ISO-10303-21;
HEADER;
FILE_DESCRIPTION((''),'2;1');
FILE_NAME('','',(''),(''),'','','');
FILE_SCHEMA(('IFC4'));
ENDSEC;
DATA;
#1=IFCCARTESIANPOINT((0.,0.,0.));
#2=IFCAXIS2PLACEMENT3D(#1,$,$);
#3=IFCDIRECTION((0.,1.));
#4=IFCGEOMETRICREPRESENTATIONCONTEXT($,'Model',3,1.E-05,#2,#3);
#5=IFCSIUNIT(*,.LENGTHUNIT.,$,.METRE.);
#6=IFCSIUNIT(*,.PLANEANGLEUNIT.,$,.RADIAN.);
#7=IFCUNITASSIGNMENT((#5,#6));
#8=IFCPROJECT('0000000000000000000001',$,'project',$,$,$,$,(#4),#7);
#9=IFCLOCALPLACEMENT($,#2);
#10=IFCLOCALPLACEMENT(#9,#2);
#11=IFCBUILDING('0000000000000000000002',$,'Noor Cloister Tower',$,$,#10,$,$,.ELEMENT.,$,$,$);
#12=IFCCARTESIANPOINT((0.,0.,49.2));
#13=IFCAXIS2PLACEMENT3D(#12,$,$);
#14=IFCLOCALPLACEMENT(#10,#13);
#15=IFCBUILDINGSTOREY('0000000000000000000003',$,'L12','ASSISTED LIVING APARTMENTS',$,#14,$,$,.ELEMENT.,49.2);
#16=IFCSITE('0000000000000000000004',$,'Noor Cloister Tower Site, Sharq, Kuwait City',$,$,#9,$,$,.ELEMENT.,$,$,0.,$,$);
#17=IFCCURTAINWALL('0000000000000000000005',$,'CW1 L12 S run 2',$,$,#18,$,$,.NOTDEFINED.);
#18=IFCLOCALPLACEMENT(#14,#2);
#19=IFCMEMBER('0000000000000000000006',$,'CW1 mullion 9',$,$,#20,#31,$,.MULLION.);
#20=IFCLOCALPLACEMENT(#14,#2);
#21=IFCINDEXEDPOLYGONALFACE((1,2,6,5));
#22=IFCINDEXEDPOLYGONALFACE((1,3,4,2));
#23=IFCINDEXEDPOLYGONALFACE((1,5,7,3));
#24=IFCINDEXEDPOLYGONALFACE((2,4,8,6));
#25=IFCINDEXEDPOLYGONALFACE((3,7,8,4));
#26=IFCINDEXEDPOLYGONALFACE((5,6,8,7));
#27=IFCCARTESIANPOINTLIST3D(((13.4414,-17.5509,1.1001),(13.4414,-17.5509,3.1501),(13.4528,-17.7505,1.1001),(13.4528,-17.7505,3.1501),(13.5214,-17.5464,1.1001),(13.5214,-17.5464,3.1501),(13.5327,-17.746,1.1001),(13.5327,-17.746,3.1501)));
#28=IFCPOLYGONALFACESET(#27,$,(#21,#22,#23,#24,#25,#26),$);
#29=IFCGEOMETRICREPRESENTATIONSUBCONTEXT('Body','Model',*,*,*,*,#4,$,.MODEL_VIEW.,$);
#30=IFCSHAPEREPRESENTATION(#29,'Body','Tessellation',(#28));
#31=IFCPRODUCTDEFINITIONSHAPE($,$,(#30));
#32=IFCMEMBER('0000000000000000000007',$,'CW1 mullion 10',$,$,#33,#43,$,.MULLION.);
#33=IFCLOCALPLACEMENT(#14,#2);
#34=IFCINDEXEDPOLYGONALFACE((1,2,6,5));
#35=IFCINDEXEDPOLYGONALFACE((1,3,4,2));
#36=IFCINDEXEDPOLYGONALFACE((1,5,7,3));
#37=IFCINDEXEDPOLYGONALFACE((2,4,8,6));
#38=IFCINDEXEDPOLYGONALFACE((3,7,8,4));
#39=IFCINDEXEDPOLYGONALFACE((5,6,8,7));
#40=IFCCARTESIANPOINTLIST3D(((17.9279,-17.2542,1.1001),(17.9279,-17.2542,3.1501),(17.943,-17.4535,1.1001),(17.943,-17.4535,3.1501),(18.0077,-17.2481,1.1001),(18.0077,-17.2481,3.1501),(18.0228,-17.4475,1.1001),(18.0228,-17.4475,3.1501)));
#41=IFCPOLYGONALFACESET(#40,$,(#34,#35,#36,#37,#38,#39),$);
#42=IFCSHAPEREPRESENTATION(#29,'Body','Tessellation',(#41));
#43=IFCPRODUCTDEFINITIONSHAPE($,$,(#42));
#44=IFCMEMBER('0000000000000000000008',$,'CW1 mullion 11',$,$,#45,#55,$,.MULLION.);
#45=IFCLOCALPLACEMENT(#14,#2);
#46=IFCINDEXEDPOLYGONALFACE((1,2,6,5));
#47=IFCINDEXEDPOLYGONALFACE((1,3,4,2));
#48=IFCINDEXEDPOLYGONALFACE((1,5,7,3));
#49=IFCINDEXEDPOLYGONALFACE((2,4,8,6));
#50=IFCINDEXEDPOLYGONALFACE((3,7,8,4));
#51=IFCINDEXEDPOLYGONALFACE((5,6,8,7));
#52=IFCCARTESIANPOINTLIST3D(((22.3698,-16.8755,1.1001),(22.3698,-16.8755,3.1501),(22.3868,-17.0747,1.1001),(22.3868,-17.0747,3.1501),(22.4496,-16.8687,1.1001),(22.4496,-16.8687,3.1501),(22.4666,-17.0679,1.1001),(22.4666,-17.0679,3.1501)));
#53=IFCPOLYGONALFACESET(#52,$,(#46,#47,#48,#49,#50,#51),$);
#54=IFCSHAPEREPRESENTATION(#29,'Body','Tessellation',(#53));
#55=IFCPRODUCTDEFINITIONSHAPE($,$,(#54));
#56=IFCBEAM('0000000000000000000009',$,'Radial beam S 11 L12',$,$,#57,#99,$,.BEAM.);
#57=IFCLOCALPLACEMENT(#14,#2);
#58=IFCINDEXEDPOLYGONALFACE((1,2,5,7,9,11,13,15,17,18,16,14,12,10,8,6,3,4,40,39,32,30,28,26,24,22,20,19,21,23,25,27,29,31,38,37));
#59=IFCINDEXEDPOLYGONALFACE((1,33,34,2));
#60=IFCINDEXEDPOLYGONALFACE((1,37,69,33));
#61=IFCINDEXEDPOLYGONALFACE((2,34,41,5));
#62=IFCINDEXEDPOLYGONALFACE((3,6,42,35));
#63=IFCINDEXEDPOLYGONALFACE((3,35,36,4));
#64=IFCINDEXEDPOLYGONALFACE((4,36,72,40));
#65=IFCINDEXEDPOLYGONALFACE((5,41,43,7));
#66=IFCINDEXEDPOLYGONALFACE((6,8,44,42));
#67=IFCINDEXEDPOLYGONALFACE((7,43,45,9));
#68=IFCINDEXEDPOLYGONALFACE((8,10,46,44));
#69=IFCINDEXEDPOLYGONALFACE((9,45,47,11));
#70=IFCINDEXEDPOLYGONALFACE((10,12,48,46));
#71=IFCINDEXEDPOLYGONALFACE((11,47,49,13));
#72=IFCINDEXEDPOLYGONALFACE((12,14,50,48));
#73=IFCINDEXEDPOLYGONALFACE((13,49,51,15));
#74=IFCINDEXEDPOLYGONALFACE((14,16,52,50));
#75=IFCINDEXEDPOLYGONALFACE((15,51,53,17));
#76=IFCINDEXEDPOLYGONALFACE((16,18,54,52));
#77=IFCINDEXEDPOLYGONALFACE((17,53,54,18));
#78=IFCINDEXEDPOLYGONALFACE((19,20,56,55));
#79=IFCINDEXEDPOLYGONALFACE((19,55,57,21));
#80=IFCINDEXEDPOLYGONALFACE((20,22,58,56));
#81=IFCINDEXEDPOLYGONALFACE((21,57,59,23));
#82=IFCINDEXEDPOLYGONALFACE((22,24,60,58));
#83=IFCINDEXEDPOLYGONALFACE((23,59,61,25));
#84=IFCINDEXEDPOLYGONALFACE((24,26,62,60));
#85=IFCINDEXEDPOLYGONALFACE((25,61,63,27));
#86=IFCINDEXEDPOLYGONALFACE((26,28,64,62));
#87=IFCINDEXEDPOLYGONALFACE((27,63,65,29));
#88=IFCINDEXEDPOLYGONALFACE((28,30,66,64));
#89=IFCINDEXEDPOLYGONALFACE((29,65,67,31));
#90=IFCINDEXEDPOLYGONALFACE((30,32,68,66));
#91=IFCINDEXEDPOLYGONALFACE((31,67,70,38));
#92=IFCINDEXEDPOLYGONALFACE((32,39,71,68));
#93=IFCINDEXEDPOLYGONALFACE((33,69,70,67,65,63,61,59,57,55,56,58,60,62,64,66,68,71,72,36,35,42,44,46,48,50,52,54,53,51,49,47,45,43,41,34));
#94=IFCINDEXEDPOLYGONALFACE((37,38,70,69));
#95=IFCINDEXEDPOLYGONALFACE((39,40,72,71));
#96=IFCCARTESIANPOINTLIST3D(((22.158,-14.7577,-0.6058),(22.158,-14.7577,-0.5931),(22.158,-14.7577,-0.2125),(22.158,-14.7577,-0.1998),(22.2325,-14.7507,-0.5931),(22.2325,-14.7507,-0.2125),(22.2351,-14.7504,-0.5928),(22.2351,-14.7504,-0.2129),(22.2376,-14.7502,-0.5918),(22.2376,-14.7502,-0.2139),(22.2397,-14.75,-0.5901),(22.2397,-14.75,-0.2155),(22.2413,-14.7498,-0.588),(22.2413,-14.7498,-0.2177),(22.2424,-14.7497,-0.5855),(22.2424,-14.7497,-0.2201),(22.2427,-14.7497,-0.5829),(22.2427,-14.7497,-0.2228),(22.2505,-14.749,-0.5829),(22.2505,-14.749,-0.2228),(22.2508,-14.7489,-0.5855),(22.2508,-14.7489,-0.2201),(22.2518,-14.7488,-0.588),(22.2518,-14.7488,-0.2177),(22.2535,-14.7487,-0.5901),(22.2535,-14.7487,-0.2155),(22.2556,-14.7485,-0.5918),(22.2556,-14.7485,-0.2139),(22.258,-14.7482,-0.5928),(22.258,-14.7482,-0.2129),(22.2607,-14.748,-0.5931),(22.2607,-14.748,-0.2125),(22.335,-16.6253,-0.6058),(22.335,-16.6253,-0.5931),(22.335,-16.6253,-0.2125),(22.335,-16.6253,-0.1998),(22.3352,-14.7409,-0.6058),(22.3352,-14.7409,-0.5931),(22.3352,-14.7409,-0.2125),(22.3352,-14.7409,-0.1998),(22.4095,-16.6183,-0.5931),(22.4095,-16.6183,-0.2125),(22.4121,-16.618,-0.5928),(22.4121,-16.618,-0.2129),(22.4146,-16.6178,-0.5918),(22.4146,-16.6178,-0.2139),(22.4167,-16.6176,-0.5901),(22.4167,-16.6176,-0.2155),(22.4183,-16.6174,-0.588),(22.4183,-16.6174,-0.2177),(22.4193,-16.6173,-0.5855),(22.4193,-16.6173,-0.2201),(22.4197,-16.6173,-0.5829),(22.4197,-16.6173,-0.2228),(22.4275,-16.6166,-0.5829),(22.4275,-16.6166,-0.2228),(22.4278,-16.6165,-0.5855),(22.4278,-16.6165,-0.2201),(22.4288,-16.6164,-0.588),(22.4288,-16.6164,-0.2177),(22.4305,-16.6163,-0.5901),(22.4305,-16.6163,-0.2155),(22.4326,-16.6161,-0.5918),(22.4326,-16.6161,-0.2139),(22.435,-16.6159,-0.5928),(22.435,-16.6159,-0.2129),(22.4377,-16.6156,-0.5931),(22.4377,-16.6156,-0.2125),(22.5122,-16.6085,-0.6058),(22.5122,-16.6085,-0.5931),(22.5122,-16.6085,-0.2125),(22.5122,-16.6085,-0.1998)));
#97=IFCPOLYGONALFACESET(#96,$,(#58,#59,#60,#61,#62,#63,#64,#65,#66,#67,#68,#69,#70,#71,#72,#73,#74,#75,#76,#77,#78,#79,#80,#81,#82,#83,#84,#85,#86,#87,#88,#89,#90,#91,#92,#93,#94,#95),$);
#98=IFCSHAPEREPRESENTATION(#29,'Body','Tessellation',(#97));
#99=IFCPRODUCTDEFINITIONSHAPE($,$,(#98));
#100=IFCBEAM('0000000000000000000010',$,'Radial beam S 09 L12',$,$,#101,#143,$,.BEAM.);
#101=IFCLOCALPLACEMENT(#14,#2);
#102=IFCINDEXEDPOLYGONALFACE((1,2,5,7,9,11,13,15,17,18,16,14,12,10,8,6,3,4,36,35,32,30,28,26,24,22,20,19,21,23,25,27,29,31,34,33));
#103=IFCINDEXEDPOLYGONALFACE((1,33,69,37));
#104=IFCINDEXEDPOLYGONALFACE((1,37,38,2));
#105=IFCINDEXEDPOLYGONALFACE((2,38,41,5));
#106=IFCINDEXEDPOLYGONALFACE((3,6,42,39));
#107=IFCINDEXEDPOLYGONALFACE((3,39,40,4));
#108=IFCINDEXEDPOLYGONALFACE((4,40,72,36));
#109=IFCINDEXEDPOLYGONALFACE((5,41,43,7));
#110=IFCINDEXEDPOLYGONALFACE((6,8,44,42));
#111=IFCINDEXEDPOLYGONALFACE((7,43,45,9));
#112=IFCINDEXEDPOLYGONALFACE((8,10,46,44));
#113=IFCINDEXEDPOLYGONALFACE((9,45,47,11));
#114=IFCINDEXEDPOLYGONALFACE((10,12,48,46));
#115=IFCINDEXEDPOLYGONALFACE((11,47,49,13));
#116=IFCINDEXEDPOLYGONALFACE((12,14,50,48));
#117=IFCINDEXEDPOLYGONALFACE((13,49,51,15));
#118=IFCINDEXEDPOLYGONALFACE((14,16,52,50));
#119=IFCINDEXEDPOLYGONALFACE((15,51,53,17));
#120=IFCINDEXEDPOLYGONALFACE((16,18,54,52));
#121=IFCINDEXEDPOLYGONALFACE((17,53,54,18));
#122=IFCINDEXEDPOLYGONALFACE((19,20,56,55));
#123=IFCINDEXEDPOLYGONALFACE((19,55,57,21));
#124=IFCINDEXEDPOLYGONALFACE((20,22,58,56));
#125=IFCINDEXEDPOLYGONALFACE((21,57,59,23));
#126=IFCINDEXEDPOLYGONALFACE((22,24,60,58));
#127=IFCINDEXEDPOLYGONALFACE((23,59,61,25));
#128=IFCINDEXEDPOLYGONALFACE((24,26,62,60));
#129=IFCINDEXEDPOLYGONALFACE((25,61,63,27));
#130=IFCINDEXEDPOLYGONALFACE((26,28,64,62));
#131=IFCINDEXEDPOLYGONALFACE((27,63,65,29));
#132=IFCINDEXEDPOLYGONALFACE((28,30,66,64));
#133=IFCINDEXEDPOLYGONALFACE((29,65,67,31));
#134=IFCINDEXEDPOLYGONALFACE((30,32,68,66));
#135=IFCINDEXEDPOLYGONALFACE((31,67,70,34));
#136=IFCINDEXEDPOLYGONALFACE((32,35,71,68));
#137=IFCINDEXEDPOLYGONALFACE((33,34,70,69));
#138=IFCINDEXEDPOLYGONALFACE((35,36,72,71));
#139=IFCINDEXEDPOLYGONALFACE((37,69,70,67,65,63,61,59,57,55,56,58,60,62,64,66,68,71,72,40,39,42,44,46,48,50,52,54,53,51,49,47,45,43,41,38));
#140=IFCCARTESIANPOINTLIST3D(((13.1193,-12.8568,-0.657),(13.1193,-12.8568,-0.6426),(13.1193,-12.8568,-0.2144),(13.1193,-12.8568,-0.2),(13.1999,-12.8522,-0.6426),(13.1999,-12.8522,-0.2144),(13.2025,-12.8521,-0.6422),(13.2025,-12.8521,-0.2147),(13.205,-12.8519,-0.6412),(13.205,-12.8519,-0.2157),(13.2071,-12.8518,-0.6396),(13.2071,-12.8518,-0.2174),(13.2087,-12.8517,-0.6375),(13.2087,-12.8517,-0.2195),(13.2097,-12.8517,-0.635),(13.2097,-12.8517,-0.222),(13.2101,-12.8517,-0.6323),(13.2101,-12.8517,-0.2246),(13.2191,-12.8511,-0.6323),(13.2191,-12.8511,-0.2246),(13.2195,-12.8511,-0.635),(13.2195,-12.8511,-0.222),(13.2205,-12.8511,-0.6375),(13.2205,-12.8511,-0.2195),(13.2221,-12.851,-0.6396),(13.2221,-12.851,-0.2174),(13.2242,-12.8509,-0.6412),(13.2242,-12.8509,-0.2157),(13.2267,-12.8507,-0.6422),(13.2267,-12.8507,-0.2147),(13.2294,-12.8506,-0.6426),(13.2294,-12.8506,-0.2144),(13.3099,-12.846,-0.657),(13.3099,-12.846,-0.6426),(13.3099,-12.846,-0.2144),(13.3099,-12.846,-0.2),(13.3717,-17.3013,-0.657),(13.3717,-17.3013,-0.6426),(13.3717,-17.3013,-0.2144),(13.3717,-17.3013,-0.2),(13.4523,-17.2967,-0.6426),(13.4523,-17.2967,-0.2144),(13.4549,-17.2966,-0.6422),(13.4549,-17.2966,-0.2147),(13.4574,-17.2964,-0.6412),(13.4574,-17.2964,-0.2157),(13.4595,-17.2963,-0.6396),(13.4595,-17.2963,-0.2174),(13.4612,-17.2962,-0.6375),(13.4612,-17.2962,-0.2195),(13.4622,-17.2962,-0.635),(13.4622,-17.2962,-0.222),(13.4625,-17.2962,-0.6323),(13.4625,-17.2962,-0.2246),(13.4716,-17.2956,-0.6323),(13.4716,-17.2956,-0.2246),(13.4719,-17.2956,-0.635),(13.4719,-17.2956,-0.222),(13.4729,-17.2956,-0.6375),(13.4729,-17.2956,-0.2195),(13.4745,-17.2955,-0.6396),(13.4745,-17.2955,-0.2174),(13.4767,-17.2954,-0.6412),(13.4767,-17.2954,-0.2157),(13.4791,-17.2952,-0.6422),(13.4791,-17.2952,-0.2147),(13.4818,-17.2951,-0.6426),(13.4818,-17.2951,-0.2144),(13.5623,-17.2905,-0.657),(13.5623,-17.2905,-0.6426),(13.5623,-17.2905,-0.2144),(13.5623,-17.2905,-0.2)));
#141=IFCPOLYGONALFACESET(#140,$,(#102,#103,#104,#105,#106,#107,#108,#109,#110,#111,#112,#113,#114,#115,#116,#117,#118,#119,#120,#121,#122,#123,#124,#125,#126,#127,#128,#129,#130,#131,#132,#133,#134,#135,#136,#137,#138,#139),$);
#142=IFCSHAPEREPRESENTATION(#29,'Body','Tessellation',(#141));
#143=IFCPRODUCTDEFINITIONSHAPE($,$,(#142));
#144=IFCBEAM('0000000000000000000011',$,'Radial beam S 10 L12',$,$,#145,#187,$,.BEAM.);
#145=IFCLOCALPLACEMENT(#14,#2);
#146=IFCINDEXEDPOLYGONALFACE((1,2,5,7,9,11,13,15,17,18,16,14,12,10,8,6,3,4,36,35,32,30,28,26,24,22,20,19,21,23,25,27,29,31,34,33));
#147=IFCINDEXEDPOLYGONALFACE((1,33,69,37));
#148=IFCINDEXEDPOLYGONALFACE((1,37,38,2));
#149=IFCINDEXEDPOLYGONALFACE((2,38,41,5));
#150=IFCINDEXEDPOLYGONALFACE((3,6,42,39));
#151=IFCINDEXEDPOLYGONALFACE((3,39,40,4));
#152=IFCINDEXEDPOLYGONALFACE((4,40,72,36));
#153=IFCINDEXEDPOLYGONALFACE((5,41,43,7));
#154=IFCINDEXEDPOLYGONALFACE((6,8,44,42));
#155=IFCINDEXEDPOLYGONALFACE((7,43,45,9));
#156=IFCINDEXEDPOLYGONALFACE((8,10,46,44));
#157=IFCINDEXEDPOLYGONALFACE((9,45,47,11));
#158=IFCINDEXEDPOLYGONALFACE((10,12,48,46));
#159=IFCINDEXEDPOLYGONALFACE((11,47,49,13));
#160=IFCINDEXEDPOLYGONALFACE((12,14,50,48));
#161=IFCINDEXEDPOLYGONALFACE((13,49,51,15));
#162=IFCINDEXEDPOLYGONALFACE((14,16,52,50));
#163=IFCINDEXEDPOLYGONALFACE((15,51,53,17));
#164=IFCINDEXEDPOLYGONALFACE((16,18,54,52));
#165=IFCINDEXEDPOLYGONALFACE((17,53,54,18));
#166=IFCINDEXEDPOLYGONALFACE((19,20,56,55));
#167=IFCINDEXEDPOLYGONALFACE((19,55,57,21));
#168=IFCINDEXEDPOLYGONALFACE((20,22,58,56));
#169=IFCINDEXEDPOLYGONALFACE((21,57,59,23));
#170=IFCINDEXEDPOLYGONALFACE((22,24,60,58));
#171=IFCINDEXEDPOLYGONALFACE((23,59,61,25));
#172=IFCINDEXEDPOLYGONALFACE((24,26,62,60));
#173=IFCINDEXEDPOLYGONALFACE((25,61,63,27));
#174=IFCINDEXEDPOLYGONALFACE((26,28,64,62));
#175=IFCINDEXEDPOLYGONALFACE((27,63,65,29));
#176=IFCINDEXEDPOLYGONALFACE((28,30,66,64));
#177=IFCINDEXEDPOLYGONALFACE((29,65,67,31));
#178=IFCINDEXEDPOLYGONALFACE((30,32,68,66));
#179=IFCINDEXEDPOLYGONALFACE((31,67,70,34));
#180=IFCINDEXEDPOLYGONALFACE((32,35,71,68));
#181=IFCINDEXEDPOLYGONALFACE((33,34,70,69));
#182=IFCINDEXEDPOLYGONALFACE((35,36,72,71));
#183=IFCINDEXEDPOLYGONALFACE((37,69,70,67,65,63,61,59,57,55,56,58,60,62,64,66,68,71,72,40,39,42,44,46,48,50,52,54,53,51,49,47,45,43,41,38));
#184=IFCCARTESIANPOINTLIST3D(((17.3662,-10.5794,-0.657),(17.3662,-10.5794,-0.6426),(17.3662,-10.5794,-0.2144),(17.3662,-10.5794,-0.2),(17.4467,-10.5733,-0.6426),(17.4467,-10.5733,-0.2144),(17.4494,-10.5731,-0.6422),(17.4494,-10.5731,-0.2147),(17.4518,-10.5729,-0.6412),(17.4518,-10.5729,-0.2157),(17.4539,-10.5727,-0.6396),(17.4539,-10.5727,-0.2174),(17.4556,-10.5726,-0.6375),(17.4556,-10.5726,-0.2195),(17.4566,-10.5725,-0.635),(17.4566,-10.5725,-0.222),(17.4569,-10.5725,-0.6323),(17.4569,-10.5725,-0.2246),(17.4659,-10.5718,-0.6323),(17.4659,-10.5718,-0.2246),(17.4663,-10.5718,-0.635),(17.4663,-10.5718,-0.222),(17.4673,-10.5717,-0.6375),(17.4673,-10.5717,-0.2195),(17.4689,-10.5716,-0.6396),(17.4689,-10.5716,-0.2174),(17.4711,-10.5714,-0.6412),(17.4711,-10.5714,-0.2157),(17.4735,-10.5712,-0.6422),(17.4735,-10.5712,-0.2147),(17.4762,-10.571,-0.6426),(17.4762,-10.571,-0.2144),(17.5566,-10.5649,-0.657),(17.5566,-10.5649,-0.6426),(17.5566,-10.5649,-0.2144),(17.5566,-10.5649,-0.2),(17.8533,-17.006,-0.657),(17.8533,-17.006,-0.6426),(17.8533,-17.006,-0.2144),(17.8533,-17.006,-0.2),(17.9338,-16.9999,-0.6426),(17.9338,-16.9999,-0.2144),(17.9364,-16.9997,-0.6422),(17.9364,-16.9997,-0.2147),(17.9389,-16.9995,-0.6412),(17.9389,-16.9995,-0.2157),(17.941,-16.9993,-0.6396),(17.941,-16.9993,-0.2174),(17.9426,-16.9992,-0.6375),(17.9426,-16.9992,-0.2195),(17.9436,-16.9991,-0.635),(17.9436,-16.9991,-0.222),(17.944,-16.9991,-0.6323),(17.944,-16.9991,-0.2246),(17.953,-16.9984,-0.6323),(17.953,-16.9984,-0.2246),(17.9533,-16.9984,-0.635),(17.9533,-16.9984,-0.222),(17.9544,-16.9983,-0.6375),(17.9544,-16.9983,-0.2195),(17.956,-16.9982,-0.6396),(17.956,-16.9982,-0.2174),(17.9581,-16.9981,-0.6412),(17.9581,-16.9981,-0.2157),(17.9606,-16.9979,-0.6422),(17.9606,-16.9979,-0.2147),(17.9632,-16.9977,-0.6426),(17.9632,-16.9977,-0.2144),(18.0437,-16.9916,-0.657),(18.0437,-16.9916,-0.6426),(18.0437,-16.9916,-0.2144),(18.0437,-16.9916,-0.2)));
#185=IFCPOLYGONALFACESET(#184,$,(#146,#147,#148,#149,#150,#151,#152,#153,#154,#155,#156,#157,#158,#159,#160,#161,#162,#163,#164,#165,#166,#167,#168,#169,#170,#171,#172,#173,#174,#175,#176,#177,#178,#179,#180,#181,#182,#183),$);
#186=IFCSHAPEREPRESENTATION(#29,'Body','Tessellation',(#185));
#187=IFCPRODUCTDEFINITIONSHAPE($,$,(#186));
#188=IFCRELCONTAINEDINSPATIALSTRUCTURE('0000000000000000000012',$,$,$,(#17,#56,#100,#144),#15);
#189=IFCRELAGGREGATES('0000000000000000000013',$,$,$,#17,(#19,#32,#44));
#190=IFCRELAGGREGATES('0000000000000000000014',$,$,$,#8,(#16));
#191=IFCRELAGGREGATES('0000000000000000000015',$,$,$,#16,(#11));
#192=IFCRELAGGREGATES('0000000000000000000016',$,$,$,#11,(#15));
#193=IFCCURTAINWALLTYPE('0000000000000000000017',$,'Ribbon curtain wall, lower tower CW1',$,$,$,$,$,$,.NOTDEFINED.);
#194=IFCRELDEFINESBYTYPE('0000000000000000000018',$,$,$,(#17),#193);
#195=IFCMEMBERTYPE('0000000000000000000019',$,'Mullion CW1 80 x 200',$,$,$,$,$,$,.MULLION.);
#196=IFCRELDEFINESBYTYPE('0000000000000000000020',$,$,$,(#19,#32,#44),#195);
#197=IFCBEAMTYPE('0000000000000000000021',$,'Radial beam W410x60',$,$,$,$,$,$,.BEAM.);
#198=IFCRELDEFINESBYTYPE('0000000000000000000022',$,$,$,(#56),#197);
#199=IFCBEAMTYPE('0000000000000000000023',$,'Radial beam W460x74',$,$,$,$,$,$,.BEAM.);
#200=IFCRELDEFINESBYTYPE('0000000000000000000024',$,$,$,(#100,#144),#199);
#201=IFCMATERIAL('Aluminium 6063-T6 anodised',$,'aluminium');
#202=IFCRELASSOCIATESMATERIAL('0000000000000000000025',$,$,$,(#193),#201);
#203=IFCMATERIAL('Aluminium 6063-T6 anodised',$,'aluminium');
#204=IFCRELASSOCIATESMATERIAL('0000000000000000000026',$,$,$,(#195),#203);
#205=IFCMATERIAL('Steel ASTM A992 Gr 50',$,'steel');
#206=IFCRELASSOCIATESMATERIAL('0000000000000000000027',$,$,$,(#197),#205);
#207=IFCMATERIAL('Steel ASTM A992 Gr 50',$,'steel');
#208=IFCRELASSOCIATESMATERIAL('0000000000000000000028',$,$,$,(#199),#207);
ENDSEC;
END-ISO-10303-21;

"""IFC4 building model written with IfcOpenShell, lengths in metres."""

from ifc_helpers import new_model, si_unit, direction, frame, origin, origin_2d, place, context, subcontext, project, spatial, rectangle, i_section, extrude, material, material_profile, profile_set, type_object, element, aggregate, save


model = new_model("IFC4")

# Units and contexts
model_context = context("Model", 3, precision=1e-05, world=origin(), true_north=direction((0.0, 1.0)))
body_context = subcontext(model_context, "Body", "Model", "MODEL_VIEW")
ifc_project = project(units=[si_unit("LENGTHUNIT", "METRE"), si_unit("PLANEANGLEUNIT", "RADIAN")], contexts=[model_context])

# Site, building, storey
site_placement = place(None, origin())
site = spatial("IfcSite", under=ifc_project, at=site_placement, Name="Noor Cloister Tower Site, Sharq, Kuwait City", CompositionType="ELEMENT", RefElevation=0.0)
building_placement = place(site_placement, origin())
building = spatial("IfcBuilding", under=site, at=building_placement, Name="Noor Cloister Tower", CompositionType="ELEMENT")
storey_placement = place(building_placement, frame((0.0, 0.0, 49.2)))
storey = spatial("IfcBuildingStorey", under=building, at=storey_placement, Name="L12", Description="ASSISTED LIVING APARTMENTS", CompositionType="ELEMENT", Elevation=49.2)

# Curtain wall, members
ifc_material_1 = material(Name="Aluminium 6063-T6 anodised", Category="aluminium")
curtain_wall_type = type_object("IfcCurtainWallType", Name="Ribbon curtain wall, lower tower CW1", PredefinedType="NOTDEFINED", material=ifc_material_1)
curtain_wall_placement = place(storey_placement, origin())
curtain_wall = element("IfcCurtainWall", 1, at=curtain_wall_placement, inside=storey, type_object=curtain_wall_type, Name="CW1 L12 S run 2", PredefinedType="NOTDEFINED")
ifc_material_2 = material(Name="Aluminium 6063-T6 anodised", Category="aluminium")
ifc_material_profile_1 = material_profile(ifc_material_2, rectangle(XDim=0.2, YDim=0.0801, at=origin_2d()), Name="200 x 80 mullion")
ifc_profile_set_1 = profile_set([ifc_material_profile_1], Name="Aluminium 6063-T6 anodised")
member_type = type_object("IfcMemberType", Name="Mullion CW1 80 x 200", PredefinedType="MULLION", material=ifc_profile_set_1)
member_1_placement = place(storey_placement, frame((13.4871, -17.6484, 1.1001), z_axis=(0.0, 0.0, 1.0), x_axis=(-0.056717, 0.99839, 0.0)))
member_1 = element("IfcMember", 2, at=member_1_placement, type_object=member_type, Name="CW1 mullion 9", PredefinedType="MULLION", context=body_context, shape_type="SweptSolid", body=[
    extrude(rectangle(XDim=0.2, YDim=0.0801, at=origin_2d()), origin(), (0.0, 0.0, 1.0), 2.05),
])
member_2_placement = place(storey_placement, frame((17.9753, -17.3508, 1.1001), z_axis=(0.0, 0.0, 1.0), x_axis=(-0.075591, 0.997139, 0.0)))
member_2 = element("IfcMember", 3, at=member_2_placement, type_object=member_type, Name="CW1 mullion 10", PredefinedType="MULLION", context=body_context, shape_type="SweptSolid", body=[
    extrude(rectangle(XDim=0.2, YDim=0.0801, at=origin_2d()), origin(), (0.0, 0.0, 1.0), 2.05),
])
member_3_placement = place(storey_placement, frame((22.4182, -16.9717, 1.1001), z_axis=(0.0, 0.0, 1.0), x_axis=(-0.085019, 0.996379, 0.0)))
member_3 = element("IfcMember", 4, at=member_3_placement, type_object=member_type, Name="CW1 mullion 11", PredefinedType="MULLION", context=body_context, shape_type="SweptSolid", body=[
    extrude(rectangle(XDim=0.2, YDim=0.0801, at=origin_2d()), origin(), (0.0, 0.0, 1.0), 2.05),
])

# Beams
ifc_material_3 = material(Name="Steel ASTM A992 Gr 50", Category="steel")
ifc_material_profile_2 = material_profile(ifc_material_3, i_section(OverallWidth=0.178, OverallDepth=0.406, WebThickness=0.0078, FlangeThickness=0.0127, FilletRadius=0.0103, at=origin_2d()), Name="W410x60")
ifc_profile_set_2 = profile_set([ifc_material_profile_2], Name="Steel ASTM A992 Gr 50")
beam_type_1 = type_object("IfcBeamType", Name="Radial beam W410x60", PredefinedType="BEAM", material=ifc_profile_set_2)
beam_1_placement = place(storey_placement, frame((22.4236, -16.6169, -0.4028), z_axis=(-0.094348, 0.995539, 0.0), x_axis=(-0.995539, -0.094348, 0.0)))
element("IfcBeam", 5, at=beam_1_placement, inside=storey, type_object=beam_type_1, Name="Radial beam S 11 L12", PredefinedType="BEAM", context=body_context, shape_type="SweptSolid", body=[
    extrude(i_section(OverallWidth=0.178, OverallDepth=0.406, WebThickness=0.0078, FlangeThickness=0.0127, FilletRadius=0.0103, at=origin_2d()), origin(), (0.0, 0.0, 1.0), 1.876),
])
ifc_material_4 = material(Name="Steel ASTM A992 Gr 50", Category="steel")
ifc_material_profile_3 = material_profile(ifc_material_4, i_section(OverallWidth=0.1909, OverallDepth=0.457, WebThickness=0.009, FlangeThickness=0.0144, FilletRadius=0.0103, at=origin_2d()), Name="W460x74")
ifc_profile_set_3 = profile_set([ifc_material_profile_3], Name="Steel ASTM A992 Gr 50")
beam_type_2 = type_object("IfcBeamType", Name="Radial beam W460x74", PredefinedType="BEAM", material=ifc_profile_set_3)
beam_2_placement = place(storey_placement, frame((13.467, -17.2959, -0.4285), z_axis=(-0.056706, 0.998391, 0.0), x_axis=(-0.998391, -0.056706, 0.0)))
element("IfcBeam", 6, at=beam_2_placement, inside=storey, type_object=beam_type_2, Name="Radial beam S 09 L12", PredefinedType="BEAM", context=body_context, shape_type="SweptSolid", body=[
    extrude(i_section(OverallWidth=0.1909, OverallDepth=0.457, WebThickness=0.009, FlangeThickness=0.0144, FilletRadius=0.0103, at=origin_2d()), origin(), (0.0, 0.0, 1.0), 4.4517),
])
beam_3_placement = place(storey_placement, frame((17.9485, -16.9988, -0.4285), z_axis=(-0.07557, 0.997141, 0.0), x_axis=(-0.997141, -0.07557, 0.0)))
element("IfcBeam", 7, at=beam_3_placement, inside=storey, type_object=beam_type_2, Name="Radial beam S 10 L12", PredefinedType="BEAM", context=body_context, shape_type="SweptSolid", body=[
    extrude(i_section(OverallWidth=0.1909, OverallDepth=0.457, WebThickness=0.009, FlangeThickness=0.0144, FilletRadius=0.0103, at=origin_2d()), origin(), (0.0, 0.0, 1.0), 6.4451),
])

aggregate(curtain_wall, [member_1, member_2, member_3])

save(model, "model.ifc")
